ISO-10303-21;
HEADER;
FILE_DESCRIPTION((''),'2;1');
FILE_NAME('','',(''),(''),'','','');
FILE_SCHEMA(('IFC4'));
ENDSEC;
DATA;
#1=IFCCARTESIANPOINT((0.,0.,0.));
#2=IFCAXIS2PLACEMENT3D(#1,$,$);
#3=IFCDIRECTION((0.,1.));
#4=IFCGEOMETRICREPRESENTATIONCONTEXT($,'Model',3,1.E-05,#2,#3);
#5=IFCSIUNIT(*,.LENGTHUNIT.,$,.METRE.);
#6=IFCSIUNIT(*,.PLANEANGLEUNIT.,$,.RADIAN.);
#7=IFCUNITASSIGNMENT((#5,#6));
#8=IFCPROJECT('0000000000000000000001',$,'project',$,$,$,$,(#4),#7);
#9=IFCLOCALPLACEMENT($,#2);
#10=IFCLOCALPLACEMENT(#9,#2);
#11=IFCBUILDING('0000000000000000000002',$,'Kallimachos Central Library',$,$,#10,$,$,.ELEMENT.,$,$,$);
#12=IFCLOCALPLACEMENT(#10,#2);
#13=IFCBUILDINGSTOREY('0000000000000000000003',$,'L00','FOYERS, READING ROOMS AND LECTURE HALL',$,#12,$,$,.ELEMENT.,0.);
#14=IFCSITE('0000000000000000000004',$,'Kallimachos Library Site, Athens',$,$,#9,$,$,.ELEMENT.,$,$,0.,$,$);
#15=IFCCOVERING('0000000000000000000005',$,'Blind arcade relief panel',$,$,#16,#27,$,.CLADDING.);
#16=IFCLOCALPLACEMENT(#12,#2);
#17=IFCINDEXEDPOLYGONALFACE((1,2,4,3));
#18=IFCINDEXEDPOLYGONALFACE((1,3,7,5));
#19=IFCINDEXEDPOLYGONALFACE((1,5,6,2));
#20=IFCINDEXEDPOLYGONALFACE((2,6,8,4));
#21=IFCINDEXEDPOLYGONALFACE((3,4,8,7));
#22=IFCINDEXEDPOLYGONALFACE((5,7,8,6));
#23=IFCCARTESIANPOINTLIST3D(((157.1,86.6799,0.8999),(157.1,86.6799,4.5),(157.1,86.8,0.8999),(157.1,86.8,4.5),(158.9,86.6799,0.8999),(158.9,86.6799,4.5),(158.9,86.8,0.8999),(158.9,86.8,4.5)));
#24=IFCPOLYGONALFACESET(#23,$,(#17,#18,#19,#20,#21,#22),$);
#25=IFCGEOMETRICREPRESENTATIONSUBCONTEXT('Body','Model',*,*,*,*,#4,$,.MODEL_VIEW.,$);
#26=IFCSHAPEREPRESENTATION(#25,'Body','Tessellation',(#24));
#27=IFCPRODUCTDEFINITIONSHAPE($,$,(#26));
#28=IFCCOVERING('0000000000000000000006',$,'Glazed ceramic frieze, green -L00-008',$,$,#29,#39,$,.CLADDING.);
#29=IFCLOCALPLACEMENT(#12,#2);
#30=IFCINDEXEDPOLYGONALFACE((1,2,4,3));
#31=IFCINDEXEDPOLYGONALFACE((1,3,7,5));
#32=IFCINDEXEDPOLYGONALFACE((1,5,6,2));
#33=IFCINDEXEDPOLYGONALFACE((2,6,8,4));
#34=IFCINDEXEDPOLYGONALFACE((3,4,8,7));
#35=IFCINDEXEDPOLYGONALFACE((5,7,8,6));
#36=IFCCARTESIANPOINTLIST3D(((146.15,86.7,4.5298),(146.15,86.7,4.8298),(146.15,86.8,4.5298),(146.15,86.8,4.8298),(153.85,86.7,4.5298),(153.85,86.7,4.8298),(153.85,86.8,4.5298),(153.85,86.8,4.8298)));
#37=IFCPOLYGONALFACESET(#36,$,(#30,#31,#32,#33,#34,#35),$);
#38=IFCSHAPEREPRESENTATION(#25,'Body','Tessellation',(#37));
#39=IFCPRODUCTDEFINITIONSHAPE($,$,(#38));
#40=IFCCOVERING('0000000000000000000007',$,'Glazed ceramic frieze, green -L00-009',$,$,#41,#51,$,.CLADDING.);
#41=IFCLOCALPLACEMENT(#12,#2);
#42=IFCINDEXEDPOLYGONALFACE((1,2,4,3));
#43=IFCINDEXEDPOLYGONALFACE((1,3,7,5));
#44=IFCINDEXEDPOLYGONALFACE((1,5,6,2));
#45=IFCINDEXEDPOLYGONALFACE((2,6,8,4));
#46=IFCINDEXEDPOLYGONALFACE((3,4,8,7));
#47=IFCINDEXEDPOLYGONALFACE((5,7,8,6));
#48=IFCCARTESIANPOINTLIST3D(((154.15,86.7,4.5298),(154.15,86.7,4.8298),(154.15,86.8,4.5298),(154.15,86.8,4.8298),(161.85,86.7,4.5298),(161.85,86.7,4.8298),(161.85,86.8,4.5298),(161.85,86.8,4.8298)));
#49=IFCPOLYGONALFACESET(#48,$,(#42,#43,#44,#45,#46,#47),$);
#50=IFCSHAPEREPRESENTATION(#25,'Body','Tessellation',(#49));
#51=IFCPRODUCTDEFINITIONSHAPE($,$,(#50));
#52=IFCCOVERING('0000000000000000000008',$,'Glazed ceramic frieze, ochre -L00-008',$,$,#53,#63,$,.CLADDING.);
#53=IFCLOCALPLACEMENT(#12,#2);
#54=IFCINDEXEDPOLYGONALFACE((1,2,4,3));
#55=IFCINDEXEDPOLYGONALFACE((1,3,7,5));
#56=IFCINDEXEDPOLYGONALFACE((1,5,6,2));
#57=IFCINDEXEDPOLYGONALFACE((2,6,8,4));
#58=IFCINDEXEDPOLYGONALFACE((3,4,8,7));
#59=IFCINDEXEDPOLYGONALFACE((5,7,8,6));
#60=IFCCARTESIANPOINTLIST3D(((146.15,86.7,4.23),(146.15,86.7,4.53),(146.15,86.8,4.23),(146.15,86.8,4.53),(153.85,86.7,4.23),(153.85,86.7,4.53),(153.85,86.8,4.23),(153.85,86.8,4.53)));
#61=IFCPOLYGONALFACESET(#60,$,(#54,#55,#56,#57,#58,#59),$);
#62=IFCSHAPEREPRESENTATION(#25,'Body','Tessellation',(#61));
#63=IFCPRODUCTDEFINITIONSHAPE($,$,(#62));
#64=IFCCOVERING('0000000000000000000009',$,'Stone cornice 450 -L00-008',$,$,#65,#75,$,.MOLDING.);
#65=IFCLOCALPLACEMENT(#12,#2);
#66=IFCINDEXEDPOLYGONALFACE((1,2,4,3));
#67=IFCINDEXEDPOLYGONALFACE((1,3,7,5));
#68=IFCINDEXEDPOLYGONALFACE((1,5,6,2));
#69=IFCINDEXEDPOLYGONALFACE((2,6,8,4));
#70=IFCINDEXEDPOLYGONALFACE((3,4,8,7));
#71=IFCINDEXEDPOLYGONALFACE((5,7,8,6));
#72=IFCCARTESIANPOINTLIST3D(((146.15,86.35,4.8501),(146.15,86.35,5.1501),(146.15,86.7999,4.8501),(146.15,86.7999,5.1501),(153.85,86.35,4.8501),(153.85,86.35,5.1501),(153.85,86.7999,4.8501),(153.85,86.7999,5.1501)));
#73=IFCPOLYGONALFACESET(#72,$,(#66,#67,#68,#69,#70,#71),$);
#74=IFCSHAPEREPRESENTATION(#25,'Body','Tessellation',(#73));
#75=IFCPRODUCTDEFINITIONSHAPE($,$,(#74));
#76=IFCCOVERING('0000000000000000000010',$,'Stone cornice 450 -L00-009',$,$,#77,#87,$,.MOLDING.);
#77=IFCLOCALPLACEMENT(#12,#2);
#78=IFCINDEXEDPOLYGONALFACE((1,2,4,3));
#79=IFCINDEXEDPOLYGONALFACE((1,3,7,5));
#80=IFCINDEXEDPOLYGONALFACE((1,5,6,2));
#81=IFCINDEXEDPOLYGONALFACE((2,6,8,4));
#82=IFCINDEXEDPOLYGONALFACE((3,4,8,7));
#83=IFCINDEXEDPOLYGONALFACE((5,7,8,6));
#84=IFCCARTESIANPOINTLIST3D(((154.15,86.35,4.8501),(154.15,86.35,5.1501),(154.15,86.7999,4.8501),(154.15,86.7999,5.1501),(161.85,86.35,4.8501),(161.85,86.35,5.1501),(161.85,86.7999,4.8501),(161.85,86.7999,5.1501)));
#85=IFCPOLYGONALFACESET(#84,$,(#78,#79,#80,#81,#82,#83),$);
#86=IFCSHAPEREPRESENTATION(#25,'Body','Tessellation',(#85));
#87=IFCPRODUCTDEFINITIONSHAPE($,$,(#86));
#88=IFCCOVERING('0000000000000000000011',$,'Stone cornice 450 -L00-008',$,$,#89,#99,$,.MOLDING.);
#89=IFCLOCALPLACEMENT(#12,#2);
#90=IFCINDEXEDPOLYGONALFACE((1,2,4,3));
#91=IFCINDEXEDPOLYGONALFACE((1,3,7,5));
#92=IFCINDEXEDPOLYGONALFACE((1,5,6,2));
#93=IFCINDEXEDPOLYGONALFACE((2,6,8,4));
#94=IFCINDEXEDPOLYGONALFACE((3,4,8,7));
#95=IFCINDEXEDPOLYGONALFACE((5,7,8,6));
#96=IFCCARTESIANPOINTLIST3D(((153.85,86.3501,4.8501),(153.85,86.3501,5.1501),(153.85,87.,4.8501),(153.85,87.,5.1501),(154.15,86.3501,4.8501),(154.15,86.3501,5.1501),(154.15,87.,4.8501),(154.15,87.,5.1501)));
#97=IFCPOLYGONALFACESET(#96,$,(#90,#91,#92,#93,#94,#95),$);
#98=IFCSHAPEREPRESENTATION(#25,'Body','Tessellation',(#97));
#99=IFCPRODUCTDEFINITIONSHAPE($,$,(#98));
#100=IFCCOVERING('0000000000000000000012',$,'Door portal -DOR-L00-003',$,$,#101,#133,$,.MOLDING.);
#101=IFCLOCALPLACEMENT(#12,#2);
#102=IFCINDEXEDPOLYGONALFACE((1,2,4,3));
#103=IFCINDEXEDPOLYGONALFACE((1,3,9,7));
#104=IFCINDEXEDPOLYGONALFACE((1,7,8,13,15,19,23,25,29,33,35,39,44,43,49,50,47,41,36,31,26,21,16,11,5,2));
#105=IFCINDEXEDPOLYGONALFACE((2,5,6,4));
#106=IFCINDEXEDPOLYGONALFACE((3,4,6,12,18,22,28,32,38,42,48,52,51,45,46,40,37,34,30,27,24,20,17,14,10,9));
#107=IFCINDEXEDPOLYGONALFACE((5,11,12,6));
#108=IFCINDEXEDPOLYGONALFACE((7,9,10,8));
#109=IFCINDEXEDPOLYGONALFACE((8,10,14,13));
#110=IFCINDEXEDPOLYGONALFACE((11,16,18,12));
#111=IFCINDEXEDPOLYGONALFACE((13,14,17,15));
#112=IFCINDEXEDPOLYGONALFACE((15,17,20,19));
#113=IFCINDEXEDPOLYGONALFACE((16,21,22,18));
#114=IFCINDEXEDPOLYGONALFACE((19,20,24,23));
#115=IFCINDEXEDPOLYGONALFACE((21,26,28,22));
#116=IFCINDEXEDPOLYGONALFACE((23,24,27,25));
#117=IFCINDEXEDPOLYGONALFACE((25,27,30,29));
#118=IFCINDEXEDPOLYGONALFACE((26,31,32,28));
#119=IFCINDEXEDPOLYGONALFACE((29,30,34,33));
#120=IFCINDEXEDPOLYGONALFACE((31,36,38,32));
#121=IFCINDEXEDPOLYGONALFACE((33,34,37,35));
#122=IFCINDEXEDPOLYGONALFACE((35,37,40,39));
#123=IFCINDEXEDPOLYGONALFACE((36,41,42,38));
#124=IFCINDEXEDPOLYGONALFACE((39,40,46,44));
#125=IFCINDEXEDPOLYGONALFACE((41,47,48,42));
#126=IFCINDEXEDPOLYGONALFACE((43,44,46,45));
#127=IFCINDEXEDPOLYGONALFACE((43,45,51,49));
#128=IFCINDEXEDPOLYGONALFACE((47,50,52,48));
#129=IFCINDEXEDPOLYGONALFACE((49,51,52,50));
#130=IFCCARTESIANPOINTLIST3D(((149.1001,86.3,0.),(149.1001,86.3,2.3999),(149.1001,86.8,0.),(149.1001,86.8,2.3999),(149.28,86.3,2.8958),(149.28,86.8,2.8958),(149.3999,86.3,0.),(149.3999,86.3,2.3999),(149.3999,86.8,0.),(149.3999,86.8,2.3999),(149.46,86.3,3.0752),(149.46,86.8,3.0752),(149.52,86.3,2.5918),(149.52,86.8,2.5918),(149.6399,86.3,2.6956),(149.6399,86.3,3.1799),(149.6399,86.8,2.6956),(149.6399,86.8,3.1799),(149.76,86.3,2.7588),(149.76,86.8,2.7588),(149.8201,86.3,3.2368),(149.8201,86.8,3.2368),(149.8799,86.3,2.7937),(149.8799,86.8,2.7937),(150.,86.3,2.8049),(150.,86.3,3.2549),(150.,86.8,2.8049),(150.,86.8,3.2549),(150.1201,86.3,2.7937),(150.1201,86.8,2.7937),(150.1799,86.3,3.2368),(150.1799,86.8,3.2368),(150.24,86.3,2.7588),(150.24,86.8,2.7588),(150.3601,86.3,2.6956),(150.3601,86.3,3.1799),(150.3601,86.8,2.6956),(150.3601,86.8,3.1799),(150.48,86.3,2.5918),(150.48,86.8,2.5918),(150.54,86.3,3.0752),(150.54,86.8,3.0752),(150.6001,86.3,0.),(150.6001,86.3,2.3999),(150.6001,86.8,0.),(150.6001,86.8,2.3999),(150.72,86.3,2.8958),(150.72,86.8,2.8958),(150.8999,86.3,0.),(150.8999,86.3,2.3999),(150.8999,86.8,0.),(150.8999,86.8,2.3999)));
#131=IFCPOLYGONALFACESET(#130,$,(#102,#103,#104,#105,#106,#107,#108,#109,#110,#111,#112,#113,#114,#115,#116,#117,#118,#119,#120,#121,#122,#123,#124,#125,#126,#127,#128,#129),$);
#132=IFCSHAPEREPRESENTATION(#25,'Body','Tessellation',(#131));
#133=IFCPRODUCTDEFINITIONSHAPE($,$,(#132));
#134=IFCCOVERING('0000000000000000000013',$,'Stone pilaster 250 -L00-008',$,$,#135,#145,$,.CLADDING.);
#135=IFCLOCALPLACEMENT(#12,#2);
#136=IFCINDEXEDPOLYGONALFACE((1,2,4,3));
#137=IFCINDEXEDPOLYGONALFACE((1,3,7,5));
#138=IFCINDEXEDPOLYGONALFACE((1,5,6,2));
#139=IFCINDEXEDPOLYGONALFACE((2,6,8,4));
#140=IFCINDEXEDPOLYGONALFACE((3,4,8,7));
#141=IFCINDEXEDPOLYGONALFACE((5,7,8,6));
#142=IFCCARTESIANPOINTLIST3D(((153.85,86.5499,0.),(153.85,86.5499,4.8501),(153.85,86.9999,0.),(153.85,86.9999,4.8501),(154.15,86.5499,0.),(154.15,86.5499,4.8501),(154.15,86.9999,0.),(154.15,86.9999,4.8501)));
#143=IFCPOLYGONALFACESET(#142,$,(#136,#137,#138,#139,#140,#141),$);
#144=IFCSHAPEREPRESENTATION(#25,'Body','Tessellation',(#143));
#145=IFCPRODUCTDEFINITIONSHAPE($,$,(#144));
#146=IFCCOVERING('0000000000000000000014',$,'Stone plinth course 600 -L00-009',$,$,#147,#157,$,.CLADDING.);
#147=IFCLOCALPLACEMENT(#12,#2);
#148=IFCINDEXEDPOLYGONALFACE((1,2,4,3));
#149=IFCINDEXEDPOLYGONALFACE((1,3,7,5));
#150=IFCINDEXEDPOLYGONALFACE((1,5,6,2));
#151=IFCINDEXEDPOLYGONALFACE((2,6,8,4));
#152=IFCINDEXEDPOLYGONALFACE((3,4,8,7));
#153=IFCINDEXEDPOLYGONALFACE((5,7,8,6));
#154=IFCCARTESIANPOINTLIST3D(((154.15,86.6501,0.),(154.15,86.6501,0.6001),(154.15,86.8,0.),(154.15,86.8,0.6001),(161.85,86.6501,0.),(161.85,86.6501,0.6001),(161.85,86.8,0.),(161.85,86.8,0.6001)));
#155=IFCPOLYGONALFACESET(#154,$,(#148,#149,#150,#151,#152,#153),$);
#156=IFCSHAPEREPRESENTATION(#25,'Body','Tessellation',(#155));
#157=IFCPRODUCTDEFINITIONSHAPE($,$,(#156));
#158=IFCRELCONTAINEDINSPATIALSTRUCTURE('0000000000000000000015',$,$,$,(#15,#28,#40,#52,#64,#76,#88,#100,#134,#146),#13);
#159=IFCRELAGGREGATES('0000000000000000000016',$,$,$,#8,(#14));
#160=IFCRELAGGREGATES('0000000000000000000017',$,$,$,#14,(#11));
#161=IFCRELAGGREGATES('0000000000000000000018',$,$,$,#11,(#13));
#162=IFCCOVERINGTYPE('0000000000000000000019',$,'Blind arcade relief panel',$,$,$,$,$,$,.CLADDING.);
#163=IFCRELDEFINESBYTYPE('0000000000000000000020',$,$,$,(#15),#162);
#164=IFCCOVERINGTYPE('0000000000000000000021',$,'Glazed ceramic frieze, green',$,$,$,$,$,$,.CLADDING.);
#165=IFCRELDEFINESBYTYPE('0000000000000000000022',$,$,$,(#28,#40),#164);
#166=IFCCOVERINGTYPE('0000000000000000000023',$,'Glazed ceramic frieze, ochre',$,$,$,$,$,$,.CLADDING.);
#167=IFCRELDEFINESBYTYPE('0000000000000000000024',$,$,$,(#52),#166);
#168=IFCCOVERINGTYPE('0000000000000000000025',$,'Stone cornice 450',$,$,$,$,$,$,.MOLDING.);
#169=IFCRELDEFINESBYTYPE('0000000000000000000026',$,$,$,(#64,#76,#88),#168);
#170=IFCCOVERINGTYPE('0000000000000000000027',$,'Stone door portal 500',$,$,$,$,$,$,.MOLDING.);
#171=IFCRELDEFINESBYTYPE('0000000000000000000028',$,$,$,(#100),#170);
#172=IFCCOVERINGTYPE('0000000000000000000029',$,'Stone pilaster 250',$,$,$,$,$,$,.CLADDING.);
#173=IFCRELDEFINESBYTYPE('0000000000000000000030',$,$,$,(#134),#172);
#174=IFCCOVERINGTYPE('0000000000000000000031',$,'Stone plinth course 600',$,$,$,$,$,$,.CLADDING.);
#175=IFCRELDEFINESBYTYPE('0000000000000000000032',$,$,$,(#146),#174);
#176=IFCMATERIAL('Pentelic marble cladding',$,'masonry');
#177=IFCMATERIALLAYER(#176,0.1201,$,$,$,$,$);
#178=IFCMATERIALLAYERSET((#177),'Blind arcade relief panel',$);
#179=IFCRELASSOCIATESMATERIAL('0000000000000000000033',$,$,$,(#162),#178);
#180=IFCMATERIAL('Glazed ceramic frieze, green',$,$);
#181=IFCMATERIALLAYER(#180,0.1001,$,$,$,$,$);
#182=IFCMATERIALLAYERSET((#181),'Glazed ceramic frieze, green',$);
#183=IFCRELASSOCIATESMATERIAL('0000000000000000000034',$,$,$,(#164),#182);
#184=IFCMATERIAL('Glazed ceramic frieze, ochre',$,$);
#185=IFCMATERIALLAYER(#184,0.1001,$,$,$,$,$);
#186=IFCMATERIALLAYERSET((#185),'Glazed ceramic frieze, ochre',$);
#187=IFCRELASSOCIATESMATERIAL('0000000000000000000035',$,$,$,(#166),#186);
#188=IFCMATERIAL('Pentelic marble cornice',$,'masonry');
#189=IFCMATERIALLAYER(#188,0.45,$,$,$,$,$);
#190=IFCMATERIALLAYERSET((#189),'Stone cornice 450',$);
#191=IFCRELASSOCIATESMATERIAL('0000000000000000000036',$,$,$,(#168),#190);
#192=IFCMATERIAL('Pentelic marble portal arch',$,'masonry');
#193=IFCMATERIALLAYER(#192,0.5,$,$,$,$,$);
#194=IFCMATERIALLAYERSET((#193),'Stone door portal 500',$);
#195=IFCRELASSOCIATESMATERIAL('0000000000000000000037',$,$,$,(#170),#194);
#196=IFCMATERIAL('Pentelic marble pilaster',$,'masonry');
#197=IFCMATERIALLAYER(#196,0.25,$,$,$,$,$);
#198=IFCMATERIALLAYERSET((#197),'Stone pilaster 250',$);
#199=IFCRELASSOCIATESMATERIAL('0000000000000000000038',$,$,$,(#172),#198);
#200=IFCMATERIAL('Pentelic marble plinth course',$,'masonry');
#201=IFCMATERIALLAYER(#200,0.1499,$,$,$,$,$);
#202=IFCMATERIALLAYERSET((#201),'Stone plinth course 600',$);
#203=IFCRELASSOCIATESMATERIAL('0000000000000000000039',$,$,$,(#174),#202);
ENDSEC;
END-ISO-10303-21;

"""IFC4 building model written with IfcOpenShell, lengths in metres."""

from ifc_helpers import new_model, si_unit, direction, frame, origin, origin_2d, place, context, subcontext, project, spatial, polyline, rectangle, outline, extrude, material, layer, layer_set, type_object, element, save


model = new_model("IFC4")

# Units and contexts
model_context = context("Model", 3, precision=1e-05, world=origin(), true_north=direction((0.0, 1.0)))
body_context = subcontext(model_context, "Body", "Model", "MODEL_VIEW")
ifc_project = project(units=[si_unit("LENGTHUNIT", "METRE"), si_unit("PLANEANGLEUNIT", "RADIAN")], contexts=[model_context])

# Site, building, storey
site_placement = place(None, origin())
site = spatial("IfcSite", under=ifc_project, at=site_placement, Name="Kallimachos Library Site, Athens", CompositionType="ELEMENT", RefElevation=0.0)
building_placement = place(site_placement, origin())
building = spatial("IfcBuilding", under=site, at=building_placement, Name="Kallimachos Central Library", CompositionType="ELEMENT")
storey_placement = place(building_placement, origin())
storey = spatial("IfcBuildingStorey", under=building, at=storey_placement, Name="L00", Description="FOYERS, READING ROOMS AND LECTURE HALL", CompositionType="ELEMENT", Elevation=0.0)

# Coverings
ifc_material_1 = material(Name="Pentelic marble cladding", Category="masonry")
ifc_layer_1 = layer(ifc_material_1, 0.1201)
ifc_layer_set_1 = layer_set([ifc_layer_1], Name="Blind arcade relief panel")
covering_type_1 = type_object("IfcCoveringType", Name="Blind arcade relief panel", PredefinedType="CLADDING", material=ifc_layer_set_1)
covering_1_placement = place(storey_placement, frame((158.0, 86.74, 0.8999), z_axis=(0.0, 0.0, 1.0), x_axis=(1.0, 0.0, 0.0)))
element("IfcCovering", 1, at=covering_1_placement, inside=storey, type_object=covering_type_1, Name="Blind arcade relief panel", PredefinedType="CLADDING", context=body_context, shape_type="SweptSolid", body=[
    extrude(rectangle(XDim=1.8, YDim=0.1201, at=origin_2d()), origin(), (0.0, 0.0, 1.0), 3.6001),
])
ifc_material_2 = material(Name="Glazed ceramic frieze, green")
ifc_layer_2 = layer(ifc_material_2, 0.1001)
ifc_layer_set_2 = layer_set([ifc_layer_2], Name="Glazed ceramic frieze, green")
covering_type_2 = type_object("IfcCoveringType", Name="Glazed ceramic frieze, green", PredefinedType="CLADDING", material=ifc_layer_set_2)
for number, where, z_axis, x_axis, name in (
    (2, (150.0, 86.75, 4.5298), (0.0, 0.0, 1.0), (1.0, 0.0, 0.0), "Glazed ceramic frieze, green -L00-008"),
    (3, (158.0, 86.75, 4.5298), (0.0, 0.0, 1.0), (1.0, 0.0, 0.0), "Glazed ceramic frieze, green -L00-009"),
):
    element("IfcCovering", number, at=place(storey_placement, frame(where, z_axis=z_axis, x_axis=x_axis)), inside=storey, type_object=covering_type_2, Name=name, PredefinedType="CLADDING", context=body_context, shape_type="SweptSolid", body=[
        extrude(rectangle(XDim=7.7, YDim=0.1001, at=origin_2d()), origin(), (0.0, 0.0, 1.0), 0.3),
    ])
ifc_material_3 = material(Name="Glazed ceramic frieze, ochre")
ifc_layer_3 = layer(ifc_material_3, 0.1001)
ifc_layer_set_3 = layer_set([ifc_layer_3], Name="Glazed ceramic frieze, ochre")
covering_type_3 = type_object("IfcCoveringType", Name="Glazed ceramic frieze, ochre", PredefinedType="CLADDING", material=ifc_layer_set_3)
covering_2_placement = place(storey_placement, frame((150.0, 86.75, 4.23), z_axis=(0.0, 0.0, 1.0), x_axis=(1.0, 0.0, 0.0)))
element("IfcCovering", 4, at=covering_2_placement, inside=storey, type_object=covering_type_3, Name="Glazed ceramic frieze, ochre -L00-008", PredefinedType="CLADDING", context=body_context, shape_type="SweptSolid", body=[
    extrude(rectangle(XDim=7.7, YDim=0.1001, at=origin_2d()), origin(), (0.0, 0.0, 1.0), 0.3),
])
ifc_material_4 = material(Name="Pentelic marble cornice", Category="masonry")
ifc_layer_4 = layer(ifc_material_4, 0.45)
ifc_layer_set_4 = layer_set([ifc_layer_4], Name="Stone cornice 450")
covering_type_4 = type_object("IfcCoveringType", Name="Stone cornice 450", PredefinedType="MOLDING", material=ifc_layer_set_4)
for number, where, z_axis, x_axis, name in (
    (5, (150.0, 86.575, 4.8501), (0.0, 0.0, 1.0), (1.0, 0.0, 0.0), "Stone cornice 450 -L00-008"),
    (6, (158.0, 86.575, 4.8501), (0.0, 0.0, 1.0), (1.0, 0.0, 0.0), "Stone cornice 450 -L00-009"),
):
    element("IfcCovering", number, at=place(storey_placement, frame(where, z_axis=z_axis, x_axis=x_axis)), inside=storey, type_object=covering_type_4, Name=name, PredefinedType="MOLDING", context=body_context, shape_type="SweptSolid", body=[
        extrude(rectangle(XDim=7.7, YDim=0.45, at=origin_2d()), origin(), (0.0, 0.0, 1.0), 0.3),
    ])
covering_3_placement = place(storey_placement, frame((154.0, 86.675, 4.8501), z_axis=(0.0, 0.0, 1.0), x_axis=(1.0, 0.0, 0.0)))
element("IfcCovering", 7, at=covering_3_placement, inside=storey, type_object=covering_type_4, Name="Stone cornice 450 -L00-008", PredefinedType="MOLDING", context=body_context, shape_type="SweptSolid", body=[
    extrude(rectangle(XDim=0.3, YDim=0.6499, at=origin_2d()), origin(), (0.0, 0.0, 1.0), 0.3),
])
ifc_material_5 = material(Name="Pentelic marble portal arch", Category="masonry")
ifc_layer_5 = layer(ifc_material_5, 0.5)
ifc_layer_set_5 = layer_set([ifc_layer_5], Name="Stone door portal 500")
covering_type_5 = type_object("IfcCoveringType", Name="Stone door portal 500", PredefinedType="MOLDING", material=ifc_layer_set_5)
covering_4_placement = place(storey_placement, frame((149.3999, 86.3, 0.0), z_axis=(0.0, -1.0, 0.0), x_axis=(0.0, 0.0, 1.0)))
element("IfcCovering", 8, at=covering_4_placement, inside=storey, type_object=covering_type_5, Name="Door portal -DOR-L00-003", PredefinedType="MOLDING", context=body_context, shape_type="SweptSolid", body=[
    extrude(outline(polyline([(0.0, 0.0), (2.3999, 0.0), (2.5918, -0.1201), (2.6956, -0.24), (2.7588, -0.3601), (2.7937, -0.48), (2.8049, -0.6001), (2.7937, -0.7202), (2.7588, -0.8401), (2.6956, -0.9602), (2.5918, -1.0801), (2.3999, -1.2002), (0.0, -1.2002), (0.0, -1.5), (2.3999, -1.5), (2.8958, -1.3201), (3.0752, -1.1401), (3.1799, -0.9602), (3.2368, -0.78), (3.2549, -0.6001), (3.2368, -0.4202), (3.1799, -0.24), (3.0752, -0.0601), (2.8958, 0.1199), (2.3999, 0.2998), (0.0, 0.2998), (0.0, 0.0)])), origin(), (0.0, 0.0, -1.0), 0.5),
])
ifc_material_6 = material(Name="Pentelic marble pilaster", Category="masonry")
ifc_layer_6 = layer(ifc_material_6, 0.25)
ifc_layer_set_6 = layer_set([ifc_layer_6], Name="Stone pilaster 250")
covering_type_6 = type_object("IfcCoveringType", Name="Stone pilaster 250", PredefinedType="CLADDING", material=ifc_layer_set_6)
covering_5_placement = place(storey_placement, frame((154.0, 86.7749, 0.0), z_axis=(0.0, 0.0, 1.0), x_axis=(1.0, 0.0, 0.0)))
element("IfcCovering", 9, at=covering_5_placement, inside=storey, type_object=covering_type_6, Name="Stone pilaster 250 -L00-008", PredefinedType="CLADDING", context=body_context, shape_type="SweptSolid", body=[
    extrude(rectangle(XDim=0.3, YDim=0.45, at=origin_2d()), origin(), (0.0, 0.0, 1.0), 4.8501),
])
ifc_material_7 = material(Name="Pentelic marble plinth course", Category="masonry")
ifc_layer_7 = layer(ifc_material_7, 0.1499)
ifc_layer_set_7 = layer_set([ifc_layer_7], Name="Stone plinth course 600")
covering_type_7 = type_object("IfcCoveringType", Name="Stone plinth course 600", PredefinedType="CLADDING", material=ifc_layer_set_7)
covering_6_placement = place(storey_placement, frame((158.0, 86.7251, 0.0), z_axis=(0.0, 0.0, 1.0), x_axis=(1.0, 0.0, 0.0)))
element("IfcCovering", 10, at=covering_6_placement, inside=storey, type_object=covering_type_7, Name="Stone plinth course 600 -L00-009", PredefinedType="CLADDING", context=body_context, shape_type="SweptSolid", body=[
    extrude(rectangle(XDim=7.7, YDim=0.1499, at=origin_2d()), origin(), (0.0, 0.0, 1.0), 0.6001),
])

save(model, "model.ifc")
